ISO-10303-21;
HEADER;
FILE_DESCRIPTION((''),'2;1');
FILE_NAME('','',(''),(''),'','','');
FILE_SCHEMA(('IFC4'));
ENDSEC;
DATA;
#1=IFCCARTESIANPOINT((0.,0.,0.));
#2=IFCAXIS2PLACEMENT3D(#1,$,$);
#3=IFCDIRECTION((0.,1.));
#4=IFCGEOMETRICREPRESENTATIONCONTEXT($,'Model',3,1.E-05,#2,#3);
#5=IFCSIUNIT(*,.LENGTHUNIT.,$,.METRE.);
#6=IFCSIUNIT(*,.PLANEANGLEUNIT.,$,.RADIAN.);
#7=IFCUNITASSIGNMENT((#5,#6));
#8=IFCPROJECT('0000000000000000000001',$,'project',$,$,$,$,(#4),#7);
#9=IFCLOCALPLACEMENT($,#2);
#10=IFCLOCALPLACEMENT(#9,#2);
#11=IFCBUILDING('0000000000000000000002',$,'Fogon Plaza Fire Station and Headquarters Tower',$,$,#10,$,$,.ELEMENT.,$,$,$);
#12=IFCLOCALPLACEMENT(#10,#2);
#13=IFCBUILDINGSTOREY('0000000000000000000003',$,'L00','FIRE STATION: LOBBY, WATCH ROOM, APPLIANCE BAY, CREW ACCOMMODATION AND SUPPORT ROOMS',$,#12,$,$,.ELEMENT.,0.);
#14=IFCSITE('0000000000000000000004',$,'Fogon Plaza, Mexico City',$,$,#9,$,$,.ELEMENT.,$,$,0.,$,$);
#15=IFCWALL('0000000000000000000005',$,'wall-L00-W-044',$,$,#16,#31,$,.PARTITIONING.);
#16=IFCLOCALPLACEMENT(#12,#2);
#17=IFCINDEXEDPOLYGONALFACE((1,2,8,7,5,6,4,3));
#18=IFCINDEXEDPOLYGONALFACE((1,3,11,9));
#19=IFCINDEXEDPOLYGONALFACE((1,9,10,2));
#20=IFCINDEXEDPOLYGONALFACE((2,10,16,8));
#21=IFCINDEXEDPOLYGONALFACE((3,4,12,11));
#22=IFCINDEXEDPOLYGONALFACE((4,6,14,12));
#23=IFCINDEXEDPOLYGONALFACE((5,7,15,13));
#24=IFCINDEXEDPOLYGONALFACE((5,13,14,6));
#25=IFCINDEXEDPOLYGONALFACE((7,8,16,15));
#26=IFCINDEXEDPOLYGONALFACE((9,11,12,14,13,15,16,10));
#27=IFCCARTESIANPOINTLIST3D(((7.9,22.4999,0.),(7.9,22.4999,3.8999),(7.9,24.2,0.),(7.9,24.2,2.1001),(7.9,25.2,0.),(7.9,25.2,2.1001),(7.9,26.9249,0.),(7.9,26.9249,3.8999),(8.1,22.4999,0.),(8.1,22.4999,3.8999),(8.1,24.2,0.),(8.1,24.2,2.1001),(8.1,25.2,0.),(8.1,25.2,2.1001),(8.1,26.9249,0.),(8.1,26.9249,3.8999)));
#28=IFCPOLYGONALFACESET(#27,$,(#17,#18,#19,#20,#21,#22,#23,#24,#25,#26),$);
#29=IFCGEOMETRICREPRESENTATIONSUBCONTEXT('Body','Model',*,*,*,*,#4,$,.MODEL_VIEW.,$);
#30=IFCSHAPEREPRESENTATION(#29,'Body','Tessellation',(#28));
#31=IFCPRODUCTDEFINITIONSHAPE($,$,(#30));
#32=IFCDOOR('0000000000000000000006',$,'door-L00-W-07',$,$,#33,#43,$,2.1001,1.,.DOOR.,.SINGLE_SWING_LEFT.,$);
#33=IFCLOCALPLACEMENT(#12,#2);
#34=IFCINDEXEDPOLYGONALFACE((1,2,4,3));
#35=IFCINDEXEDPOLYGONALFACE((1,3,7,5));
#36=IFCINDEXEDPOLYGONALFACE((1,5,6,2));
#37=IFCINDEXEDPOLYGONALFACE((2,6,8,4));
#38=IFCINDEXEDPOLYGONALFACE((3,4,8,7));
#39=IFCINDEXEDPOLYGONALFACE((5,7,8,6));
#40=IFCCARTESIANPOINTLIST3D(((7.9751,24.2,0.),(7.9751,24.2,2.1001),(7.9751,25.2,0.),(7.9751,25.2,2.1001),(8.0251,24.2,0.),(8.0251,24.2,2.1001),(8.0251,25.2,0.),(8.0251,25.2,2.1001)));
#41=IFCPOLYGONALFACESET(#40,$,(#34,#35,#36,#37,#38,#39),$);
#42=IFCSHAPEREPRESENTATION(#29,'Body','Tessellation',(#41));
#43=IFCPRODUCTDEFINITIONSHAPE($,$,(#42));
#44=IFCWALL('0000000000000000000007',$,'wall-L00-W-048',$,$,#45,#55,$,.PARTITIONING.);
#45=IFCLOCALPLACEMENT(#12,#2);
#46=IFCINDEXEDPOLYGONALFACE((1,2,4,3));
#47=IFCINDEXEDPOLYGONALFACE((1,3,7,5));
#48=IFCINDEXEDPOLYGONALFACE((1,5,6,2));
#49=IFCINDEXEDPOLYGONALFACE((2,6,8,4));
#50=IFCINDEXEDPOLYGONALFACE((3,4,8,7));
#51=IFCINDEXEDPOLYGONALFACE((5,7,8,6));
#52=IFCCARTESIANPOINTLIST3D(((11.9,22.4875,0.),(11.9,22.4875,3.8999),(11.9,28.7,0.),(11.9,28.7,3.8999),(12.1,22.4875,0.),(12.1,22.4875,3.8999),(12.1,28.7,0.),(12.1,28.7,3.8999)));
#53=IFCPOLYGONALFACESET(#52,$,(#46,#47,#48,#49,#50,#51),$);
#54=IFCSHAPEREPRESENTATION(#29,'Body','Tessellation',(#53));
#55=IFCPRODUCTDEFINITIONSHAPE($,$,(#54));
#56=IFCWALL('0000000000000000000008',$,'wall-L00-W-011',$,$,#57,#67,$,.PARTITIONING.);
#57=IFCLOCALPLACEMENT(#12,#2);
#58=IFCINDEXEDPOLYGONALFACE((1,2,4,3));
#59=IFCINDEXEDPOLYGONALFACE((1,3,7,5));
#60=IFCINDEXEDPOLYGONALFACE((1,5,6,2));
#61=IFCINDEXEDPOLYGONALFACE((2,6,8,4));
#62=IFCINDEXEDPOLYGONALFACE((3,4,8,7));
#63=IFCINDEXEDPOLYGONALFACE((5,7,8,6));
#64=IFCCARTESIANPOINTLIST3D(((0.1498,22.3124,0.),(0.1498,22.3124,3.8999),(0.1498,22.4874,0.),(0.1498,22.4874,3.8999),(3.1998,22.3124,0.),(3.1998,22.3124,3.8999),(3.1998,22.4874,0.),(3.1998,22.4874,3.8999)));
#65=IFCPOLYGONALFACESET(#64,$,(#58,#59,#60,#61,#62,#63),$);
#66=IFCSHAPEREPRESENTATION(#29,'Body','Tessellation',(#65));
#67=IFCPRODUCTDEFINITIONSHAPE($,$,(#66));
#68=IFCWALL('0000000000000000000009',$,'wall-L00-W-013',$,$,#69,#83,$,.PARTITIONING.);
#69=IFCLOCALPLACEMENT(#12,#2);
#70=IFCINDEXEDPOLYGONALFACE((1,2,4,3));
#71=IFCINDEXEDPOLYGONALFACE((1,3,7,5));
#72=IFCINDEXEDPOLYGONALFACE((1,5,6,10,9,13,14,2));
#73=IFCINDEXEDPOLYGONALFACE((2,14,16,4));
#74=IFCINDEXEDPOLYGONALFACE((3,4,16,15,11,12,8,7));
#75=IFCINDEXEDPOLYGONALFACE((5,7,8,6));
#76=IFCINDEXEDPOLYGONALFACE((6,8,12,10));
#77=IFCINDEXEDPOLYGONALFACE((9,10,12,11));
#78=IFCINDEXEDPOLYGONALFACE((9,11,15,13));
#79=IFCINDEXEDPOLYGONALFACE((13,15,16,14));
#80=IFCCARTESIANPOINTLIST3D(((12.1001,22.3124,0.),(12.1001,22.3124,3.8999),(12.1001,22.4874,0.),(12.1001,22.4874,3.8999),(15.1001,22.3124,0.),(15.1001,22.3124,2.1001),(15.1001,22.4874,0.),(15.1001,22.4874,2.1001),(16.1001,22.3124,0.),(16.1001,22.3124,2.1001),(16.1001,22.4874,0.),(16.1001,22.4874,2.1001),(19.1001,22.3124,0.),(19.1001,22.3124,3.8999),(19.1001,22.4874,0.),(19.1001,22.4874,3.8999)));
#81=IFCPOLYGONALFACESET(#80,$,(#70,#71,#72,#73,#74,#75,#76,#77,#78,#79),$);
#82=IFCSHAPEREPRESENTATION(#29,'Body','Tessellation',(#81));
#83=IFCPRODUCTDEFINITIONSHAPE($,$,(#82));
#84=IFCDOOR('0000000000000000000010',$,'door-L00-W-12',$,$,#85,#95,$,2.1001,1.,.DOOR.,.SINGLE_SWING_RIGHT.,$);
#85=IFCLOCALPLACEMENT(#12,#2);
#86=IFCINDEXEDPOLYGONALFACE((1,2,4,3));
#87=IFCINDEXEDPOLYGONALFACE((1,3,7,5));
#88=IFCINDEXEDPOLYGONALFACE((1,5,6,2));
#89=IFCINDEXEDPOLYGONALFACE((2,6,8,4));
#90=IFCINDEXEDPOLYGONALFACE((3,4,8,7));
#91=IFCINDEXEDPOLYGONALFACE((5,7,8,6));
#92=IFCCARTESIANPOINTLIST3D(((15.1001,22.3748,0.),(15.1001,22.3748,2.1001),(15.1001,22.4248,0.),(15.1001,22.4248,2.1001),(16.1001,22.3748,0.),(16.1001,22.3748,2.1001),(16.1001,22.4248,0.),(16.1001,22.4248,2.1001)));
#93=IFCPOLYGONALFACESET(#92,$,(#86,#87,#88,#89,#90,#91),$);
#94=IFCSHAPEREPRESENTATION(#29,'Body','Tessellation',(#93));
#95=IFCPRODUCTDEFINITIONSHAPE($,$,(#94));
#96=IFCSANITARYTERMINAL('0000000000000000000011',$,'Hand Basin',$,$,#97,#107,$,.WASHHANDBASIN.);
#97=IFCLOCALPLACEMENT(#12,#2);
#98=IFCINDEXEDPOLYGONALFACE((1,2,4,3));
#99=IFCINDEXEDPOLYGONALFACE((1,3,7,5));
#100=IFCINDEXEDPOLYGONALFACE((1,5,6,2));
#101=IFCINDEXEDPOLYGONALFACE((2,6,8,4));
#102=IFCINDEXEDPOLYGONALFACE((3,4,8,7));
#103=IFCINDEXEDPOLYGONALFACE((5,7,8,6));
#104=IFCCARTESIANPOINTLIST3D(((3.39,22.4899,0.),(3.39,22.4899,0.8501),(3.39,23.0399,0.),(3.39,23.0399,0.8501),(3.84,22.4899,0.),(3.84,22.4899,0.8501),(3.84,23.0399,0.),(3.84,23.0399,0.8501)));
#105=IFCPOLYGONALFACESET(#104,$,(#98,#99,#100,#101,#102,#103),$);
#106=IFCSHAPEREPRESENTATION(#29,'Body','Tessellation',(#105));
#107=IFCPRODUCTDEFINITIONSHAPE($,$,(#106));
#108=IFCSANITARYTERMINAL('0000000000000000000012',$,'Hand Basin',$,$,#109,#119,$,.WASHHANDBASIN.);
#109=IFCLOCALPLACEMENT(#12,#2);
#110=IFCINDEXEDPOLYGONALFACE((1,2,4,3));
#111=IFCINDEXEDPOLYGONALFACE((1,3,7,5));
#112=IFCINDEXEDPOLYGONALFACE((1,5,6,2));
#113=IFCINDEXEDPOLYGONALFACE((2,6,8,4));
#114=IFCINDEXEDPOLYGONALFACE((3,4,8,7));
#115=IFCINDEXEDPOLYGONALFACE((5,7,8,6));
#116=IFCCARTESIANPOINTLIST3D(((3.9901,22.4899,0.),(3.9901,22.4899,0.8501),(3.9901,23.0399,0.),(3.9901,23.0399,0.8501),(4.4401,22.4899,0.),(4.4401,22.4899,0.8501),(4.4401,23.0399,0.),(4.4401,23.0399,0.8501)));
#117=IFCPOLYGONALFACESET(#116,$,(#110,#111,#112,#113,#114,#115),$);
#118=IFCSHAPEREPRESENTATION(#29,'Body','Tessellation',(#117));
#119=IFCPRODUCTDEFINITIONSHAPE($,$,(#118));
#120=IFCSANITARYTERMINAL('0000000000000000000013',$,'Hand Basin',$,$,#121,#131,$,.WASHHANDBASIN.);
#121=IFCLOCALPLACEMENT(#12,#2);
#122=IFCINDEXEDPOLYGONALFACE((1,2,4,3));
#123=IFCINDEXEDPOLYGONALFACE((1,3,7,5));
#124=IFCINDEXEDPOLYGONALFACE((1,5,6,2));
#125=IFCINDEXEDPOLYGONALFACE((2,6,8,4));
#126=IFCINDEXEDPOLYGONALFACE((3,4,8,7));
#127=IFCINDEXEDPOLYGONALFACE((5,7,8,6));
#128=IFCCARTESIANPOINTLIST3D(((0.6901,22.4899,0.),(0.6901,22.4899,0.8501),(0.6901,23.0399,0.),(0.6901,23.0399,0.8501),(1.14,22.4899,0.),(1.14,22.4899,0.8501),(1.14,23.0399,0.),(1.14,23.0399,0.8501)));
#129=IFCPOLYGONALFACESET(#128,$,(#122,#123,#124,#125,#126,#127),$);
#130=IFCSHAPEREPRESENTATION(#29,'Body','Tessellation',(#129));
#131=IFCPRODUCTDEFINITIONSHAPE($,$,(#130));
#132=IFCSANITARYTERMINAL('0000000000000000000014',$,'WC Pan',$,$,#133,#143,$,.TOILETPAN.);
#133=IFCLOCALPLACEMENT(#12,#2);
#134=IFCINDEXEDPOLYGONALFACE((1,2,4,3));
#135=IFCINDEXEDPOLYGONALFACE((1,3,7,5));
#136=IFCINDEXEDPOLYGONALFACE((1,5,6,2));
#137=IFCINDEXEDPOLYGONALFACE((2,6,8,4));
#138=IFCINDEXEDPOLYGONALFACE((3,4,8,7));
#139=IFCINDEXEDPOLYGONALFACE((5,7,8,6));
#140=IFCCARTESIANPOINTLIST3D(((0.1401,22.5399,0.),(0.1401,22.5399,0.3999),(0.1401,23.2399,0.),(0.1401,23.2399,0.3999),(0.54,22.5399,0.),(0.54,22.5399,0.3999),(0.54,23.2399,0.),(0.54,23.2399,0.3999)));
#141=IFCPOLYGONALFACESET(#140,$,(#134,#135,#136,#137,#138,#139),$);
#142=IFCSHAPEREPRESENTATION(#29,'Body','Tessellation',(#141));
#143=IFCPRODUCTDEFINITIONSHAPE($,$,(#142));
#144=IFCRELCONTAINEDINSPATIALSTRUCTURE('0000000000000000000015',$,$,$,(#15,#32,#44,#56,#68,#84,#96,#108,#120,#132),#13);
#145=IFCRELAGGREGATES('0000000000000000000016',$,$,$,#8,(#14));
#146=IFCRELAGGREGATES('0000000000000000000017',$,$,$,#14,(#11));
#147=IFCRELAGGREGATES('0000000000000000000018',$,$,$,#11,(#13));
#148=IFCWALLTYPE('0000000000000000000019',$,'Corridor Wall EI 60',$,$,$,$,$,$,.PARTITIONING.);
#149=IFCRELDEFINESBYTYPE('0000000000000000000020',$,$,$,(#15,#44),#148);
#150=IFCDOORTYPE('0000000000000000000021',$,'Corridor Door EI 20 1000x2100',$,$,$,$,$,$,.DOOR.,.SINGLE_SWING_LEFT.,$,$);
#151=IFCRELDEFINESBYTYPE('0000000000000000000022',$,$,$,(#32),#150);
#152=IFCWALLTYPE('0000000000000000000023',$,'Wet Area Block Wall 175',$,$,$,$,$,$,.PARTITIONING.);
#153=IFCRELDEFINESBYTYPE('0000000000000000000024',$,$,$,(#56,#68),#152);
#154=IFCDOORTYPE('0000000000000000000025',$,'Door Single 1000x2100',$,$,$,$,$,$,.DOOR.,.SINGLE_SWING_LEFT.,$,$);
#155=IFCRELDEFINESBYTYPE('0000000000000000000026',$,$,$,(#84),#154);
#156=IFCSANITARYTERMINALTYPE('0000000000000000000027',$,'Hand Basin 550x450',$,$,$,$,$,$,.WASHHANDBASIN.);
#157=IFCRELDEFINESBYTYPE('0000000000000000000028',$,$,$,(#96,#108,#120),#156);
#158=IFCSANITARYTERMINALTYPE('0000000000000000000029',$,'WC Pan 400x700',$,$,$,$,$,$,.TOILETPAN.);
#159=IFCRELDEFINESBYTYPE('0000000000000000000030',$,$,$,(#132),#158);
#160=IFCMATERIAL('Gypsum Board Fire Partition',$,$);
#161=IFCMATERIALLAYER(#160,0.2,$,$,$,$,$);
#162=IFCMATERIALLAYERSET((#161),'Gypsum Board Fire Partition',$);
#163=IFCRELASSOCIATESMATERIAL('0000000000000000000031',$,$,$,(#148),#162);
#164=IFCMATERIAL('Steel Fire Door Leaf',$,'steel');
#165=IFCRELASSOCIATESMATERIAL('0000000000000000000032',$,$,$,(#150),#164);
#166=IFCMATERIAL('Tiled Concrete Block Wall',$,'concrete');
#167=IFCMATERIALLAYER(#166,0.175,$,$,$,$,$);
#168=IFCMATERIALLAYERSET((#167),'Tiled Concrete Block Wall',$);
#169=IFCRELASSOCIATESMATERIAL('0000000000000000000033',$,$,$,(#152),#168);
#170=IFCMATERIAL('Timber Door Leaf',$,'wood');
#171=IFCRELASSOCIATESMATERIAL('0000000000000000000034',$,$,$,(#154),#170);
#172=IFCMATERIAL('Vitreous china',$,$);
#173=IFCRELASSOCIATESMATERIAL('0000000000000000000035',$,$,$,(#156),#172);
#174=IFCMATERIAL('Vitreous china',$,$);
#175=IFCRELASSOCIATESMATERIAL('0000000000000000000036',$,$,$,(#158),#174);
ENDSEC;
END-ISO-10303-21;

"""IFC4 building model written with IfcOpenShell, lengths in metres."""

from ifc_helpers import new_model, si_unit, direction, frame, frame_2d, origin, origin_2d, place, context, subcontext, project, spatial, rectangle, extrude, material, layer, layer_set, type_object, element, fill, save


model = new_model("IFC4")

# Units and contexts
model_context = context("Model", 3, precision=1e-05, world=origin(), true_north=direction((0.0, 1.0)))
body_context = subcontext(model_context, "Body", "Model", "MODEL_VIEW")
ifc_project = project(units=[si_unit("LENGTHUNIT", "METRE"), si_unit("PLANEANGLEUNIT", "RADIAN")], contexts=[model_context])

# Site, building, storey
site_placement = place(None, origin())
site = spatial("IfcSite", under=ifc_project, at=site_placement, Name="Fogon Plaza, Mexico City", CompositionType="ELEMENT", RefElevation=0.0)
building_placement = place(site_placement, origin())
building = spatial("IfcBuilding", under=site, at=building_placement, Name="Fogon Plaza Fire Station and Headquarters Tower", CompositionType="ELEMENT")
storey_placement = place(building_placement, origin())
storey = spatial("IfcBuildingStorey", under=building, at=storey_placement, Name="L00", Description="FIRE STATION: LOBBY, WATCH ROOM, APPLIANCE BAY, CREW ACCOMMODATION AND SUPPORT ROOMS", CompositionType="ELEMENT", Elevation=0.0)

# Shared definitions
ifc_material_1 = material(Name="Gypsum Board Fire Partition")
ifc_layer_1 = layer(ifc_material_1, 0.2)
ifc_layer_set_1 = layer_set([ifc_layer_1], Name="Gypsum Board Fire Partition")
wall_type_1 = type_object("IfcWallType", Name="Corridor Wall EI 60", PredefinedType="PARTITIONING", material=ifc_layer_set_1)

# Wall, opening, door
wall_1_placement = place(storey_placement, frame((8.0, 22.5, 0.0), z_axis=(0.0, 0.0, 1.0), x_axis=(0.0, 1.0, 0.0)))
wall_1 = element("IfcWall", 1, at=wall_1_placement, inside=storey, type_object=wall_type_1, Name="wall-L00-W-044", PredefinedType="PARTITIONING", context=body_context, shape_type="SweptSolid", body=[
    extrude(rectangle(XDim=4.425, YDim=0.2, at=frame_2d((2.2124, 0.0))), origin(), (0.0, 0.0, 1.0), 3.8999),
])
opening_1_placement = place(wall_1_placement, frame((1.7, 0.0, 0.0)))
opening_1 = element("IfcOpeningElement", 2, at=opening_1_placement, cuts=wall_1, PredefinedType="OPENING", context=body_context, shape_type="SweptSolid", body=[
    extrude(rectangle(XDim=1.0, YDim=2.1001, at=frame_2d((0.5, 1.05))), frame((0.0, 0.1099, 0.0), z_axis=(0.0, -1.0, 0.0), x_axis=(1.0, 0.0, 0.0)), (0.0, 0.0, 1.0), 0.22),
])
ifc_material_2 = material(Name="Steel Fire Door Leaf", Category="steel")
door_type_1 = type_object("IfcDoorType", Name="Corridor Door EI 20 1000x2100", OperationType="SINGLE_SWING_LEFT", PredefinedType="DOOR", material=ifc_material_2)
door_1_placement = place(opening_1_placement, origin())
door_1 = element("IfcDoor", 3, at=door_1_placement, inside=storey, type_object=door_type_1, Name="door-L00-W-07", OperationType="SINGLE_SWING_LEFT", OverallHeight=2.1001, OverallWidth=1.0, PredefinedType="DOOR", context=body_context, shape_type="SweptSolid", body=[
    extrude(rectangle(XDim=1.0, YDim=2.1001, at=frame_2d((0.5, 1.05))), frame((0.0, 0.0249, 0.0), z_axis=(0.0, -1.0, 0.0), x_axis=(1.0, 0.0, 0.0)), (0.0, 0.0, 1.0), 0.05),
])
fill(opening_1, door_1)

# Walls
wall_2_placement = place(storey_placement, frame((12.0, 22.4875, 0.0), z_axis=(0.0, 0.0, 1.0), x_axis=(0.0, 1.0, 0.0)))
element("IfcWall", 4, at=wall_2_placement, inside=storey, type_object=wall_type_1, Name="wall-L00-W-048", PredefinedType="PARTITIONING", context=body_context, shape_type="SweptSolid", body=[
    extrude(rectangle(XDim=6.2124, YDim=0.2, at=frame_2d((3.1062, 0.0))), origin(), (0.0, 0.0, 1.0), 3.8999),
])
ifc_material_3 = material(Name="Tiled Concrete Block Wall", Category="concrete")
ifc_layer_2 = layer(ifc_material_3, 0.175)
ifc_layer_set_2 = layer_set([ifc_layer_2], Name="Tiled Concrete Block Wall")
wall_type_2 = type_object("IfcWallType", Name="Wet Area Block Wall 175", PredefinedType="PARTITIONING", material=ifc_layer_set_2)
wall_3_placement = place(storey_placement, frame((0.1499, 22.3999, 0.0), z_axis=(0.0, 0.0, 1.0), x_axis=(1.0, 0.0, 0.0)))
element("IfcWall", 5, at=wall_3_placement, inside=storey, type_object=wall_type_2, Name="wall-L00-W-011", PredefinedType="PARTITIONING", context=body_context, shape_type="SweptSolid", body=[
    extrude(rectangle(XDim=3.05, YDim=0.175, at=frame_2d((1.5249, 0.0))), origin(), (0.0, 0.0, 1.0), 3.8999),
])

# Wall, opening, door
wall_4_placement = place(storey_placement, frame((12.1001, 22.3999, 0.0), z_axis=(0.0, 0.0, 1.0), x_axis=(1.0, 0.0, 0.0)))
wall_4 = element("IfcWall", 6, at=wall_4_placement, inside=storey, type_object=wall_type_2, Name="wall-L00-W-013", PredefinedType="PARTITIONING", context=body_context, shape_type="SweptSolid", body=[
    extrude(rectangle(XDim=7.0, YDim=0.175, at=frame_2d((3.5, 0.0))), origin(), (0.0, 0.0, 1.0), 3.8999),
])
opening_2_placement = place(wall_4_placement, frame((3.0, 0.0, 0.0)))
opening_2 = element("IfcOpeningElement", 7, at=opening_2_placement, cuts=wall_4, PredefinedType="OPENING", context=body_context, shape_type="SweptSolid", body=[
    extrude(rectangle(XDim=1.0, YDim=2.1001, at=frame_2d((0.5, 1.05))), frame((0.0, 0.0974, 0.0), z_axis=(0.0, -1.0, 0.0), x_axis=(1.0, 0.0, 0.0)), (0.0, 0.0, 1.0), 0.1951),
])
ifc_material_4 = material(Name="Timber Door Leaf", Category="wood")
door_type_2 = type_object("IfcDoorType", Name="Door Single 1000x2100", OperationType="SINGLE_SWING_LEFT", PredefinedType="DOOR", material=ifc_material_4)
door_2_placement = place(opening_2_placement, origin())
door_2 = element("IfcDoor", 8, at=door_2_placement, inside=storey, type_object=door_type_2, Name="door-L00-W-12", OperationType="SINGLE_SWING_RIGHT", OverallHeight=2.1001, OverallWidth=1.0, PredefinedType="DOOR", context=body_context, shape_type="SweptSolid", body=[
    extrude(rectangle(XDim=1.0, YDim=2.1001, at=frame_2d((0.5, 1.05))), frame((0.0, 0.0249, 0.0), z_axis=(0.0, -1.0, 0.0), x_axis=(1.0, 0.0, 0.0)), (0.0, 0.0, 1.0), 0.05),
])
fill(opening_2, door_2)

# Sanitary terminals
ifc_material_5 = material(Name="Vitreous china")
sanitary_terminal_type_1 = type_object("IfcSanitaryTerminalType", Name="Hand Basin 550x450", PredefinedType="WASHHANDBASIN", material=ifc_material_5)
for number, where, z_axis, x_axis, name in (
    (9, (3.615, 22.7649, 0.0), (0.0, 0.0, 1.0), (1.0, 0.0, 0.0), "Hand Basin"),
    (10, (4.2151, 22.7649, 0.0), (0.0, 0.0, 1.0), (1.0, 0.0, 0.0), "Hand Basin"),
    (11, (0.915, 22.7649, 0.0), (0.0, 0.0, 1.0), (1.0, 0.0, 0.0), "Hand Basin"),
):
    element("IfcSanitaryTerminal", number, at=place(storey_placement, frame(where, z_axis=z_axis, x_axis=x_axis)), inside=storey, type_object=sanitary_terminal_type_1, Name=name, PredefinedType="WASHHANDBASIN", context=body_context, shape_type="SweptSolid", body=[
        extrude(rectangle(XDim=0.45, YDim=0.55, at=origin_2d()), origin(), (0.0, 0.0, 1.0), 0.8501),
    ])
ifc_material_6 = material(Name="Vitreous china")
sanitary_terminal_type_2 = type_object("IfcSanitaryTerminalType", Name="WC Pan 400x700", PredefinedType="TOILETPAN", material=ifc_material_6)
sanitary_terminal_placement = place(storey_placement, frame((0.3401, 22.8899, 0.0), z_axis=(0.0, 0.0, 1.0), x_axis=(1.0, 0.0, 0.0)))
element("IfcSanitaryTerminal", 12, at=sanitary_terminal_placement, inside=storey, type_object=sanitary_terminal_type_2, Name="WC Pan", PredefinedType="TOILETPAN", context=body_context, shape_type="SweptSolid", body=[
    extrude(rectangle(XDim=0.3999, YDim=0.7, at=origin_2d()), origin(), (0.0, 0.0, 1.0), 0.3999),
])

save(model, "model.ifc")
